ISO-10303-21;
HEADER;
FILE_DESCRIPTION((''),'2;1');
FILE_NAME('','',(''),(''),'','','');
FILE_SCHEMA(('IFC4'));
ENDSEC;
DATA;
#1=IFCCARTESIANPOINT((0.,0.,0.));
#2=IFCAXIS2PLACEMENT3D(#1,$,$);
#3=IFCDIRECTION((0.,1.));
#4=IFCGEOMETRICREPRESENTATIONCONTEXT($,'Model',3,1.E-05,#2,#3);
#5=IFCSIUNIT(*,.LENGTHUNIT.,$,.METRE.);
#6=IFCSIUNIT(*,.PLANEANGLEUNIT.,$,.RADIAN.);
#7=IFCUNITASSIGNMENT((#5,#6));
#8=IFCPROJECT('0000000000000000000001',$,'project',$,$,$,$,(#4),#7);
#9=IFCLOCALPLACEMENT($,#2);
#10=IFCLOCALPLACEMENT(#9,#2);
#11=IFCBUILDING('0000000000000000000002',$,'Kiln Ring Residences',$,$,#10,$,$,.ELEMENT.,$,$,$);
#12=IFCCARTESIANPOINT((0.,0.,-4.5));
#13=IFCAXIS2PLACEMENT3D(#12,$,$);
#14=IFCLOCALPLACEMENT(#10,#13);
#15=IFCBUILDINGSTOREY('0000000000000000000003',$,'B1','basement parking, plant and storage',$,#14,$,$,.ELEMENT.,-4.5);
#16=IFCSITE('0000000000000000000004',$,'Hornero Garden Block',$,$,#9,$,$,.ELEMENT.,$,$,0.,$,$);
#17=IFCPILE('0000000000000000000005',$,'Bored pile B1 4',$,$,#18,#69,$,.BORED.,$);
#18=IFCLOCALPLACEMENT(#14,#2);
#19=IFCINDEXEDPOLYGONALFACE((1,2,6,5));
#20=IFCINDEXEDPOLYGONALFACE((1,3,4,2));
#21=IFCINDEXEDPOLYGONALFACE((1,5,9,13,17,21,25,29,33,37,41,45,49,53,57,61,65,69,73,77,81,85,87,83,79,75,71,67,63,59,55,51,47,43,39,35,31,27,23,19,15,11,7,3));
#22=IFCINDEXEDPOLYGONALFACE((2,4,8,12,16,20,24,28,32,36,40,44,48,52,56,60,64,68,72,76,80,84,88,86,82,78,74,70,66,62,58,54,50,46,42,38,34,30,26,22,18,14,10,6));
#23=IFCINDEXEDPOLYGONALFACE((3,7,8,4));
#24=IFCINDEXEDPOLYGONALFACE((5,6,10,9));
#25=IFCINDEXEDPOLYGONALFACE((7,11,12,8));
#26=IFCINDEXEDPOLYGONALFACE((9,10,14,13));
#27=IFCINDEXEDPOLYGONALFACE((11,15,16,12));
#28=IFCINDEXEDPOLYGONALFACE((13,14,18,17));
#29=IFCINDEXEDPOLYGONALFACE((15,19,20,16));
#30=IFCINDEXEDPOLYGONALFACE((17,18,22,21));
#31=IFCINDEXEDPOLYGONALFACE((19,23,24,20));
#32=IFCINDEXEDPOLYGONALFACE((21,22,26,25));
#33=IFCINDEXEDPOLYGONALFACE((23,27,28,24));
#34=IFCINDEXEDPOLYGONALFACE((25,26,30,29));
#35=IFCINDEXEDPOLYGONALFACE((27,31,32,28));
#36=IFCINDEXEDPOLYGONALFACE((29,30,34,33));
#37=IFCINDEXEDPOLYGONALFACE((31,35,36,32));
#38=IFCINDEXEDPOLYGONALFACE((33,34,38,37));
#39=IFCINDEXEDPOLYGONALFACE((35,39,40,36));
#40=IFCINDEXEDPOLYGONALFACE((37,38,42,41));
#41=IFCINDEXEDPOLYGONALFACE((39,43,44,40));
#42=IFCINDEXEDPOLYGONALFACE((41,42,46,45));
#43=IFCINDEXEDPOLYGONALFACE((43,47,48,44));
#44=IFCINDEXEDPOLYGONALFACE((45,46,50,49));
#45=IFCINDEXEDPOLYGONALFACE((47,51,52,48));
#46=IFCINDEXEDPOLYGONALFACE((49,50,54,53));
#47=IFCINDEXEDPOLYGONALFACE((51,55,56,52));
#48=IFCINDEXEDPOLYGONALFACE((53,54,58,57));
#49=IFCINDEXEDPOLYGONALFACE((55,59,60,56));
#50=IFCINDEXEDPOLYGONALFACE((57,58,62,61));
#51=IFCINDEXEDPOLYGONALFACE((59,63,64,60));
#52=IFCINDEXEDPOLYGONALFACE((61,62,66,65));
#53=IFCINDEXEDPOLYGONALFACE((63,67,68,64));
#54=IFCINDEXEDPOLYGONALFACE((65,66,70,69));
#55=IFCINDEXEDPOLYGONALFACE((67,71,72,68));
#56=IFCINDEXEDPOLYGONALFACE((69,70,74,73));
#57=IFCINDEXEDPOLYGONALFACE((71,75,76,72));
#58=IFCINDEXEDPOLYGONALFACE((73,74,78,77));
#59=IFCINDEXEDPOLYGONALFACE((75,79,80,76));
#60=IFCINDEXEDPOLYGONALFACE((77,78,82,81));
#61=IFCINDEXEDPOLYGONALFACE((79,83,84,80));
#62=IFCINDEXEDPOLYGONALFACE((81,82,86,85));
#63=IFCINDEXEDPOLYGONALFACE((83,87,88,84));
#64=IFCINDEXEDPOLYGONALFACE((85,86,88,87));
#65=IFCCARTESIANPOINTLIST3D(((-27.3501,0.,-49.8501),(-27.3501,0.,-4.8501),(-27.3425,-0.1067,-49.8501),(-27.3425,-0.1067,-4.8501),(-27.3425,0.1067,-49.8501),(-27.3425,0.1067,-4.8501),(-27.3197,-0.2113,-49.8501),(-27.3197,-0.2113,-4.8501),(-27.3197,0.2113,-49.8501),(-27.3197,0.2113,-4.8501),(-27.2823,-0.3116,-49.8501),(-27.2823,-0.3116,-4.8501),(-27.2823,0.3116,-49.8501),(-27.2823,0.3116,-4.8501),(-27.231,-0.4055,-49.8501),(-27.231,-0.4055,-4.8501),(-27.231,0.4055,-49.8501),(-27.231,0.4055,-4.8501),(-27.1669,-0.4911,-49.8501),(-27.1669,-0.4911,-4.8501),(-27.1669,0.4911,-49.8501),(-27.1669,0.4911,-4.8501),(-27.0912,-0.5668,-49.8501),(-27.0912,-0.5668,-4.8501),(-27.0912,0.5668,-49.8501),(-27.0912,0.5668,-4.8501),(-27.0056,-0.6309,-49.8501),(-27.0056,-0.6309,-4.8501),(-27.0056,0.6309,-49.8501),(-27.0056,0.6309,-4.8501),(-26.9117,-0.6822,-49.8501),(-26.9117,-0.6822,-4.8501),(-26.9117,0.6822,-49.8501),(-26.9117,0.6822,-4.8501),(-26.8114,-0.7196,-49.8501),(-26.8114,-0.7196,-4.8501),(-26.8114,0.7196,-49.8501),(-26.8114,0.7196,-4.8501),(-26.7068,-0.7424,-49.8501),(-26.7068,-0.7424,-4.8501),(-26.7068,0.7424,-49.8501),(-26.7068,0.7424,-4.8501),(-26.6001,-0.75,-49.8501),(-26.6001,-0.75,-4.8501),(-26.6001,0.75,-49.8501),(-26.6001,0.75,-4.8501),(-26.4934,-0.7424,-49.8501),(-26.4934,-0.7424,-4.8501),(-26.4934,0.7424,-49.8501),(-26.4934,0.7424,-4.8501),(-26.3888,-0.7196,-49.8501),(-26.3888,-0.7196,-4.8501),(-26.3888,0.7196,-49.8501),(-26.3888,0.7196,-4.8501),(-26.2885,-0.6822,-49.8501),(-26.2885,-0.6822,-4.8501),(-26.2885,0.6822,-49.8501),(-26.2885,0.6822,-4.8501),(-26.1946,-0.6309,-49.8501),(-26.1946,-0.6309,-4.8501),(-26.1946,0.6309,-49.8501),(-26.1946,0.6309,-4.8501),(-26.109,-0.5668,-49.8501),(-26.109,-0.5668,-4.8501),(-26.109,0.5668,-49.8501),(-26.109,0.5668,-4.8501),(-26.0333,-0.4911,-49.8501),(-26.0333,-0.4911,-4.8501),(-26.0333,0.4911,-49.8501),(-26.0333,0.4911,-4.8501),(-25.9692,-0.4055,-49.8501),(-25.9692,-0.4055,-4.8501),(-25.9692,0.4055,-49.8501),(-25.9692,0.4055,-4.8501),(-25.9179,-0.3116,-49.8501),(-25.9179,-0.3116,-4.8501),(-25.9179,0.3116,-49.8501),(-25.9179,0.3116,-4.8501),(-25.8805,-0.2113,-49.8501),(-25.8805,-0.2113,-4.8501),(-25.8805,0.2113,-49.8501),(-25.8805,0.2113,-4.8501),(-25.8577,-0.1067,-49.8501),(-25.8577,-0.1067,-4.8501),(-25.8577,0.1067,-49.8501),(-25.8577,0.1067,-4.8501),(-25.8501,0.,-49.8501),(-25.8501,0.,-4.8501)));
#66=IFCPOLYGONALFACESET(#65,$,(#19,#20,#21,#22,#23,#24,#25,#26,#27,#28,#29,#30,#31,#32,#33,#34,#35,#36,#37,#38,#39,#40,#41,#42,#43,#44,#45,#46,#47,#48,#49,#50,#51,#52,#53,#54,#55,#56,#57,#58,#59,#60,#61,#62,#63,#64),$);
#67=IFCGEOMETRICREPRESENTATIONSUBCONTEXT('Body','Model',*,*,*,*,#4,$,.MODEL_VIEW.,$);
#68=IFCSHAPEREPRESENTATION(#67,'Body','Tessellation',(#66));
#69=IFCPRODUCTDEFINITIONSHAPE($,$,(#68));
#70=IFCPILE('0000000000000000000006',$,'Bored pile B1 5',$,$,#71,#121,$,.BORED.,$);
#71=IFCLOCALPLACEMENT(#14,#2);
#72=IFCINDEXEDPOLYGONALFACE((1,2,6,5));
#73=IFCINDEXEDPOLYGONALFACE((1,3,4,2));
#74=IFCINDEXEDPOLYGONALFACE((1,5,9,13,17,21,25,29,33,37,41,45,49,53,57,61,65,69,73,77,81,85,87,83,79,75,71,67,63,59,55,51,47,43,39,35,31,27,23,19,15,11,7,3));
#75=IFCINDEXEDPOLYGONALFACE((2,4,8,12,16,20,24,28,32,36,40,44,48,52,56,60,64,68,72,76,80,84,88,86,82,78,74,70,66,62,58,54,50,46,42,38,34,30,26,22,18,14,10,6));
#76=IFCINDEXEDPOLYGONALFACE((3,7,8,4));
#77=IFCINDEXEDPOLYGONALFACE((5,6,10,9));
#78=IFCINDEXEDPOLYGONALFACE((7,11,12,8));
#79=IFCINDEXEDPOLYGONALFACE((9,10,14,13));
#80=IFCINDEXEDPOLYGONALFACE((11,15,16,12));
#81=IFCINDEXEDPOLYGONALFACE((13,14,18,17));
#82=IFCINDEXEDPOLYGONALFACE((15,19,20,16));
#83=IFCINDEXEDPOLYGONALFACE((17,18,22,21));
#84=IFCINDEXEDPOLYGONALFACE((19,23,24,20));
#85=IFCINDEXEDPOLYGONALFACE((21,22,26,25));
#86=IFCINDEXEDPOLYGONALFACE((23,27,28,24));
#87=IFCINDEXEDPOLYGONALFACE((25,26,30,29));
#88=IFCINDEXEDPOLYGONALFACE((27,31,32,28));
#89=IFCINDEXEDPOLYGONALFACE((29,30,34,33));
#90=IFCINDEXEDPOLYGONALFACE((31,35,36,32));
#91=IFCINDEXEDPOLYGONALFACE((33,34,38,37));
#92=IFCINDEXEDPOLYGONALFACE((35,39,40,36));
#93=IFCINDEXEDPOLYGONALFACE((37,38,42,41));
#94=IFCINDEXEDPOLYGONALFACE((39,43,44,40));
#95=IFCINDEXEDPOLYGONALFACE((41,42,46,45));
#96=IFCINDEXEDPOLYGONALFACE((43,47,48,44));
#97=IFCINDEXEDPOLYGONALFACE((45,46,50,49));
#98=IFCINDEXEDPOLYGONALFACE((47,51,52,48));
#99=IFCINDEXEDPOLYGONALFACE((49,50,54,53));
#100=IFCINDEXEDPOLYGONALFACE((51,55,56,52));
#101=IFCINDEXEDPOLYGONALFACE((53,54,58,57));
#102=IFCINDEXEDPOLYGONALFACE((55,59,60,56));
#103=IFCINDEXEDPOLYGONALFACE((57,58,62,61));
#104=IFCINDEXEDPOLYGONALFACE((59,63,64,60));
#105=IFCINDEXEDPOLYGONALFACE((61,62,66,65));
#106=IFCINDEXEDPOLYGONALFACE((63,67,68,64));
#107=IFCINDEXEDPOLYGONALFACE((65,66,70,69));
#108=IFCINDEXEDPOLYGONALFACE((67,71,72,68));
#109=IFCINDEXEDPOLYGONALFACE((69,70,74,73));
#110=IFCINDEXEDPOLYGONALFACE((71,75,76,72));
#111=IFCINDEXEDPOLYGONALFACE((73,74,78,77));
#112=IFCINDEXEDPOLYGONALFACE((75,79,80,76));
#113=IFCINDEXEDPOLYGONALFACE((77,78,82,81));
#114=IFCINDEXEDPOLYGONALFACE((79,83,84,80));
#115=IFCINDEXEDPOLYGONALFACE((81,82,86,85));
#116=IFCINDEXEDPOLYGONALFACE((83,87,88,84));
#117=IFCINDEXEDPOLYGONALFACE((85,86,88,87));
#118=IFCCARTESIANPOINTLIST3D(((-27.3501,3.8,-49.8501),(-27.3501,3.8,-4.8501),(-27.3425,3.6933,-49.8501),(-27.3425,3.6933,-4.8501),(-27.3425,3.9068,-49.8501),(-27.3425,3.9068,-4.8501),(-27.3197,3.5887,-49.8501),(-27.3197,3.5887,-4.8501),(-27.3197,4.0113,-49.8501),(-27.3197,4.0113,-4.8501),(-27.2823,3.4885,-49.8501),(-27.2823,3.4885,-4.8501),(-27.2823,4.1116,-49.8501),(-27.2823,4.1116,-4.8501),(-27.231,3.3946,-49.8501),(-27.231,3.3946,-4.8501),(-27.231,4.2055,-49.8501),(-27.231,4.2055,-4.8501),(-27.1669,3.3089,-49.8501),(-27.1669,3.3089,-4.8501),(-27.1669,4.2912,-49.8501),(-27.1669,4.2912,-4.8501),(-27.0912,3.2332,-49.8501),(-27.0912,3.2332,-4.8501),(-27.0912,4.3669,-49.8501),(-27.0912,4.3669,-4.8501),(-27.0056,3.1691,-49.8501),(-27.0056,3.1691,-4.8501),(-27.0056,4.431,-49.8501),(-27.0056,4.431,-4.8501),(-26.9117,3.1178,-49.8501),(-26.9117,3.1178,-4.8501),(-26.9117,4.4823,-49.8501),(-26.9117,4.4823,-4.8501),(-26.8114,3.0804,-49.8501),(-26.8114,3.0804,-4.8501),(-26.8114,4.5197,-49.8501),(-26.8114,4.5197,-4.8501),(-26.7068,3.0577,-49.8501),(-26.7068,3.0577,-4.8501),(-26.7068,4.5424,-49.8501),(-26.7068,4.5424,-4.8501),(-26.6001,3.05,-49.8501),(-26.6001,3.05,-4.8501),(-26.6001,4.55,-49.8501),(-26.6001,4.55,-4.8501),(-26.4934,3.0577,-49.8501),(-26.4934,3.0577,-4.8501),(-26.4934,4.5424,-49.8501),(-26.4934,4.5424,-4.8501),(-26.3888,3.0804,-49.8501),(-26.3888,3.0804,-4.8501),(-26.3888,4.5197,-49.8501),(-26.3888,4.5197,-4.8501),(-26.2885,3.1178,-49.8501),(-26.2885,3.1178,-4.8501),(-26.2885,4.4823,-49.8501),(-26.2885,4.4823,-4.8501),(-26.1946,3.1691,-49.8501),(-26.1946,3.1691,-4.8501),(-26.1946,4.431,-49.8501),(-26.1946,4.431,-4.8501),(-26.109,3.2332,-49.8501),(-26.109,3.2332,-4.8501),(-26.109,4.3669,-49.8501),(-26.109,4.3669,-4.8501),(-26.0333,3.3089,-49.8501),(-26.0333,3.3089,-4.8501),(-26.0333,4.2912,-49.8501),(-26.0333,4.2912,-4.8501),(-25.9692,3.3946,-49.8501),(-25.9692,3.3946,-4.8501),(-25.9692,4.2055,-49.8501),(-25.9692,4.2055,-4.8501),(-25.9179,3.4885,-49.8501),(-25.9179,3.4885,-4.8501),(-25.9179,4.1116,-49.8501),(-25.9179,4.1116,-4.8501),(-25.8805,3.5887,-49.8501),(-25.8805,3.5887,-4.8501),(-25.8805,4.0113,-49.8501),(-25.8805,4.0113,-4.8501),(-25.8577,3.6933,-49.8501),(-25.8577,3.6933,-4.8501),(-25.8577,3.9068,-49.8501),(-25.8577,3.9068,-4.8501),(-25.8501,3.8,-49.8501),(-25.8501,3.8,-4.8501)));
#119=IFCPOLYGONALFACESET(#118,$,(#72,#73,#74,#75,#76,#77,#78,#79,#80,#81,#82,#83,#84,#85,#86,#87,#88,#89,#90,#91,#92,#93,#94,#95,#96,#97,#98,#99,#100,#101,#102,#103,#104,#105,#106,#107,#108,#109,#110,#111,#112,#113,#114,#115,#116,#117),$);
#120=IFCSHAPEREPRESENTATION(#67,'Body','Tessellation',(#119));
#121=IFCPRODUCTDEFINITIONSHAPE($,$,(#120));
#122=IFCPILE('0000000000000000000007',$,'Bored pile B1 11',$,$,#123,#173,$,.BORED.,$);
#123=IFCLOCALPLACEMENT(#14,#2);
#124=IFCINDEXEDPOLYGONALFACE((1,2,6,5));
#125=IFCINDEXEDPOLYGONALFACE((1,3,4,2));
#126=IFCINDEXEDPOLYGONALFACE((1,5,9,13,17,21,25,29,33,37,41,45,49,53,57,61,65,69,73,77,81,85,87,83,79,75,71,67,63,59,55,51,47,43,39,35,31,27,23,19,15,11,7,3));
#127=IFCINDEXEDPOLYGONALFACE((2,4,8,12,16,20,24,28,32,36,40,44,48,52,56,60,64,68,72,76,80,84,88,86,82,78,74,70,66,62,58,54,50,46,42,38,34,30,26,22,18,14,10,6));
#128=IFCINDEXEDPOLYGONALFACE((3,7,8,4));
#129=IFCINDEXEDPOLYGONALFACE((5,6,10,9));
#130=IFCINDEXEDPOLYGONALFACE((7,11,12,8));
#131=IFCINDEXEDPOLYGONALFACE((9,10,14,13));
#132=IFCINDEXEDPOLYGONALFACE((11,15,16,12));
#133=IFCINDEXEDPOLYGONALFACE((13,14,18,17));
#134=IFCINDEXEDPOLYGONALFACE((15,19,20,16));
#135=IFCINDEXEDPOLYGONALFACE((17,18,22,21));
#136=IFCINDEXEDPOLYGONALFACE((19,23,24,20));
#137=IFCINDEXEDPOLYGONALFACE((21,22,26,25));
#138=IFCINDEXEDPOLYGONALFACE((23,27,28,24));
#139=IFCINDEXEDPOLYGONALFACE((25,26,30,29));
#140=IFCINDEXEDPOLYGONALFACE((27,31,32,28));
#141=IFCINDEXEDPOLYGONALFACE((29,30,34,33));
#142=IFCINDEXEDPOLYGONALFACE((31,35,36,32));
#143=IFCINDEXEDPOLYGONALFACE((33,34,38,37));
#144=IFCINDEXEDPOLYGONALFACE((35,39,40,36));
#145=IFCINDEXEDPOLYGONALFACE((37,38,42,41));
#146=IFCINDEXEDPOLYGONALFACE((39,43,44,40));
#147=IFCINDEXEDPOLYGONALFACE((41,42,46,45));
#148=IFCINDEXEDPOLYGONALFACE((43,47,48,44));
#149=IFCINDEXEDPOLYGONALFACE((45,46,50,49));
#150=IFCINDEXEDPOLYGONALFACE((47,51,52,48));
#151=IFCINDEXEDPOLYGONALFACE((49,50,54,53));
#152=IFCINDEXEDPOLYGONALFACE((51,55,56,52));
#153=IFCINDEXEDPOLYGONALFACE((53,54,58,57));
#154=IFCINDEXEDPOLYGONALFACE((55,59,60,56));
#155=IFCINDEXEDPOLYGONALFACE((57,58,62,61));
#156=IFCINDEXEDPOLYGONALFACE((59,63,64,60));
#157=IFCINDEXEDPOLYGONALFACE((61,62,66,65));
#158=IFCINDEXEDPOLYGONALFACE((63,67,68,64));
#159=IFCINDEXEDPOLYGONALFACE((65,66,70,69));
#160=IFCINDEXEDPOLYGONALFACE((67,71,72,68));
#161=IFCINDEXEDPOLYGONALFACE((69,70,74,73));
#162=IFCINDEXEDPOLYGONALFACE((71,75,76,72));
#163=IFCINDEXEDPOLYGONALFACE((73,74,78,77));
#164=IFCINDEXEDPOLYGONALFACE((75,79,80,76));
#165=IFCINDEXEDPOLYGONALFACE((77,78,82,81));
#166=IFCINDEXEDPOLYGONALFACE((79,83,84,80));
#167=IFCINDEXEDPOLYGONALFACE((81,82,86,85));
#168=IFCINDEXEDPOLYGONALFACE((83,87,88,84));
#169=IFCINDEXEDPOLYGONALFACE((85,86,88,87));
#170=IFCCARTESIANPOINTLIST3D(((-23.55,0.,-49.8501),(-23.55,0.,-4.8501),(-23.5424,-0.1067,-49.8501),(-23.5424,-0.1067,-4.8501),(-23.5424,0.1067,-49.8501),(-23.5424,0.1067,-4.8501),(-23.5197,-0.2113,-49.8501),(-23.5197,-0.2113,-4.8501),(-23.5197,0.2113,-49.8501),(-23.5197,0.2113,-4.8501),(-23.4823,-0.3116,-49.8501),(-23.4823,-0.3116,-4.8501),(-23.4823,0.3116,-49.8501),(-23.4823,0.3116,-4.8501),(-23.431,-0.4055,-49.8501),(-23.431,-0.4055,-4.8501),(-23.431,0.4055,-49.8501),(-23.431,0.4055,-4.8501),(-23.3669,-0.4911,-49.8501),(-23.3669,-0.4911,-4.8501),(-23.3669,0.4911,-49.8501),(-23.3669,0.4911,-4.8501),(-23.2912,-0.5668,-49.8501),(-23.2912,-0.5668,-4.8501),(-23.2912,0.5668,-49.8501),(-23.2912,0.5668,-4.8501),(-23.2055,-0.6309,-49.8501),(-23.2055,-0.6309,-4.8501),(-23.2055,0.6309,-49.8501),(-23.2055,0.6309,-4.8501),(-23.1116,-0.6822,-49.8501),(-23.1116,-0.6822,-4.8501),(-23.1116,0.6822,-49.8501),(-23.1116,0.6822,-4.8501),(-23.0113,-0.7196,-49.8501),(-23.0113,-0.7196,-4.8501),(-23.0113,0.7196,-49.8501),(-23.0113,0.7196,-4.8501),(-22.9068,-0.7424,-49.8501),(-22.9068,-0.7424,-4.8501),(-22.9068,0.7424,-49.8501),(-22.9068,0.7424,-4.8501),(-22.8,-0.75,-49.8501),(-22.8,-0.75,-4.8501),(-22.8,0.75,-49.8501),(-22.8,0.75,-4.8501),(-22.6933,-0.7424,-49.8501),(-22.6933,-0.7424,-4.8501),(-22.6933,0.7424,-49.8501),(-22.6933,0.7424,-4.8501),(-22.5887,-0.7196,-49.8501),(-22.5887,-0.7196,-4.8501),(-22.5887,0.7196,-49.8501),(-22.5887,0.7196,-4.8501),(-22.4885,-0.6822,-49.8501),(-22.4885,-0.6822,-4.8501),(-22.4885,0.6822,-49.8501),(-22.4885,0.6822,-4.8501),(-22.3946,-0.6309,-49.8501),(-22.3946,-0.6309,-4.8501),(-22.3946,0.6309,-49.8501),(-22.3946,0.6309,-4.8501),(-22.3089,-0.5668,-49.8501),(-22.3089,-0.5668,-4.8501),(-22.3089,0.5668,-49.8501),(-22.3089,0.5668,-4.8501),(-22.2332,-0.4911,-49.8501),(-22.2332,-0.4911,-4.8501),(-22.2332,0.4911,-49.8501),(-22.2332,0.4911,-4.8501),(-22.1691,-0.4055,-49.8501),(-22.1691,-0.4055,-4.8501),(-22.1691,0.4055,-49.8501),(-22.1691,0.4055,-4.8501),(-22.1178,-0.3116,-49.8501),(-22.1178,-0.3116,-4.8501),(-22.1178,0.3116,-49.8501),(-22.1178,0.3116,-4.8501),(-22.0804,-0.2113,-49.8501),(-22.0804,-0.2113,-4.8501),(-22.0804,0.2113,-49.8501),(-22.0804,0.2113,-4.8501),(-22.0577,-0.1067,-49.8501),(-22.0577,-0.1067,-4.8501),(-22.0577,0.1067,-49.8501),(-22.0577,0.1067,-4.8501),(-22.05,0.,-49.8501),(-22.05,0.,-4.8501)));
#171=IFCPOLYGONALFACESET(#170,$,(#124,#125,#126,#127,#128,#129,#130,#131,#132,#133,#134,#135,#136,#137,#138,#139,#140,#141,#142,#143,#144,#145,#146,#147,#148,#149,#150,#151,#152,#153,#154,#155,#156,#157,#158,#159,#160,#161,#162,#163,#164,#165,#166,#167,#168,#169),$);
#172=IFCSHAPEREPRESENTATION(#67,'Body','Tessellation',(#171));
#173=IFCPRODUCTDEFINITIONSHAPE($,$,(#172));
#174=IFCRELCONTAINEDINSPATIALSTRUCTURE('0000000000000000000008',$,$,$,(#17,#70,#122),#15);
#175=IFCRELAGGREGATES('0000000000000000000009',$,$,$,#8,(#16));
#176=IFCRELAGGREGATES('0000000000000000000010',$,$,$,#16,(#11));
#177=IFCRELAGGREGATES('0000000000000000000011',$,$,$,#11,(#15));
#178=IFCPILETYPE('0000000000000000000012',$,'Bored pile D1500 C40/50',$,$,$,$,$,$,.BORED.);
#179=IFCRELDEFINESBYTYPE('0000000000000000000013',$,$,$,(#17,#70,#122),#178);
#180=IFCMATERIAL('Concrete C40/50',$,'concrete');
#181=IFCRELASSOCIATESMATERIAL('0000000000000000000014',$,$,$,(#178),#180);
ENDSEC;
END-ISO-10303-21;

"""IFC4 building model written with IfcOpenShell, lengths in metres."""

from ifc_helpers import new_model, si_unit, direction, frame, origin, origin_2d, place, context, subcontext, project, spatial, circle, extrude, material, material_profile, profile_set, type_object, element, save


model = new_model("IFC4")

# Units and contexts
model_context = context("Model", 3, precision=1e-05, world=origin(), true_north=direction((0.0, 1.0)))
body_context = subcontext(model_context, "Body", "Model", "MODEL_VIEW")
ifc_project = project(units=[si_unit("LENGTHUNIT", "METRE"), si_unit("PLANEANGLEUNIT", "RADIAN")], contexts=[model_context])

# Site, building, storey
site_placement = place(None, origin())
site = spatial("IfcSite", under=ifc_project, at=site_placement, Name="Hornero Garden Block", CompositionType="ELEMENT", RefElevation=0.0)
building_placement = place(site_placement, origin())
building = spatial("IfcBuilding", under=site, at=building_placement, Name="Kiln Ring Residences", CompositionType="ELEMENT")
storey_placement = place(building_placement, frame((0.0, 0.0, -4.5)))
storey = spatial("IfcBuildingStorey", under=building, at=storey_placement, Name="B1", Description="basement parking, plant and storage", CompositionType="ELEMENT", Elevation=-4.5)

# Piles
ifc_material_1 = material(Name="Concrete C40/50", Category="concrete")
ifc_material_profile_1 = material_profile(ifc_material_1, circle(Radius=0.75, at=origin_2d()), Name="BORED1500")
ifc_profile_set_1 = profile_set([ifc_material_profile_1], Name="Concrete C40/50")
pile_type = type_object("IfcPileType", Name="Bored pile D1500 C40/50", PredefinedType="BORED", material=ifc_profile_set_1)
for number, where, z_axis, x_axis, name in (
    (1, (-26.6001, 0.0, -4.8501), (0.0, 0.0, -1.0), (1.0, 0.0, 0.0), "Bored pile B1 4"),
    (2, (-26.6001, 3.8, -4.8501), (0.0, 0.0, -1.0), (1.0, 0.0, 0.0), "Bored pile B1 5"),
    (3, (-22.8, 0.0, -4.8501), (0.0, 0.0, -1.0), (1.0, 0.0, 0.0), "Bored pile B1 11"),
):
    element("IfcPile", number, at=place(storey_placement, frame(where, z_axis=z_axis, x_axis=x_axis)), inside=storey, type_object=pile_type, Name=name, PredefinedType="BORED", context=body_context, shape_type="SweptSolid", body=[
        extrude(circle(Radius=0.75, at=origin_2d()), origin(), (0.0, 0.0, 1.0), 45.0),
    ])

save(model, "model.ifc")
